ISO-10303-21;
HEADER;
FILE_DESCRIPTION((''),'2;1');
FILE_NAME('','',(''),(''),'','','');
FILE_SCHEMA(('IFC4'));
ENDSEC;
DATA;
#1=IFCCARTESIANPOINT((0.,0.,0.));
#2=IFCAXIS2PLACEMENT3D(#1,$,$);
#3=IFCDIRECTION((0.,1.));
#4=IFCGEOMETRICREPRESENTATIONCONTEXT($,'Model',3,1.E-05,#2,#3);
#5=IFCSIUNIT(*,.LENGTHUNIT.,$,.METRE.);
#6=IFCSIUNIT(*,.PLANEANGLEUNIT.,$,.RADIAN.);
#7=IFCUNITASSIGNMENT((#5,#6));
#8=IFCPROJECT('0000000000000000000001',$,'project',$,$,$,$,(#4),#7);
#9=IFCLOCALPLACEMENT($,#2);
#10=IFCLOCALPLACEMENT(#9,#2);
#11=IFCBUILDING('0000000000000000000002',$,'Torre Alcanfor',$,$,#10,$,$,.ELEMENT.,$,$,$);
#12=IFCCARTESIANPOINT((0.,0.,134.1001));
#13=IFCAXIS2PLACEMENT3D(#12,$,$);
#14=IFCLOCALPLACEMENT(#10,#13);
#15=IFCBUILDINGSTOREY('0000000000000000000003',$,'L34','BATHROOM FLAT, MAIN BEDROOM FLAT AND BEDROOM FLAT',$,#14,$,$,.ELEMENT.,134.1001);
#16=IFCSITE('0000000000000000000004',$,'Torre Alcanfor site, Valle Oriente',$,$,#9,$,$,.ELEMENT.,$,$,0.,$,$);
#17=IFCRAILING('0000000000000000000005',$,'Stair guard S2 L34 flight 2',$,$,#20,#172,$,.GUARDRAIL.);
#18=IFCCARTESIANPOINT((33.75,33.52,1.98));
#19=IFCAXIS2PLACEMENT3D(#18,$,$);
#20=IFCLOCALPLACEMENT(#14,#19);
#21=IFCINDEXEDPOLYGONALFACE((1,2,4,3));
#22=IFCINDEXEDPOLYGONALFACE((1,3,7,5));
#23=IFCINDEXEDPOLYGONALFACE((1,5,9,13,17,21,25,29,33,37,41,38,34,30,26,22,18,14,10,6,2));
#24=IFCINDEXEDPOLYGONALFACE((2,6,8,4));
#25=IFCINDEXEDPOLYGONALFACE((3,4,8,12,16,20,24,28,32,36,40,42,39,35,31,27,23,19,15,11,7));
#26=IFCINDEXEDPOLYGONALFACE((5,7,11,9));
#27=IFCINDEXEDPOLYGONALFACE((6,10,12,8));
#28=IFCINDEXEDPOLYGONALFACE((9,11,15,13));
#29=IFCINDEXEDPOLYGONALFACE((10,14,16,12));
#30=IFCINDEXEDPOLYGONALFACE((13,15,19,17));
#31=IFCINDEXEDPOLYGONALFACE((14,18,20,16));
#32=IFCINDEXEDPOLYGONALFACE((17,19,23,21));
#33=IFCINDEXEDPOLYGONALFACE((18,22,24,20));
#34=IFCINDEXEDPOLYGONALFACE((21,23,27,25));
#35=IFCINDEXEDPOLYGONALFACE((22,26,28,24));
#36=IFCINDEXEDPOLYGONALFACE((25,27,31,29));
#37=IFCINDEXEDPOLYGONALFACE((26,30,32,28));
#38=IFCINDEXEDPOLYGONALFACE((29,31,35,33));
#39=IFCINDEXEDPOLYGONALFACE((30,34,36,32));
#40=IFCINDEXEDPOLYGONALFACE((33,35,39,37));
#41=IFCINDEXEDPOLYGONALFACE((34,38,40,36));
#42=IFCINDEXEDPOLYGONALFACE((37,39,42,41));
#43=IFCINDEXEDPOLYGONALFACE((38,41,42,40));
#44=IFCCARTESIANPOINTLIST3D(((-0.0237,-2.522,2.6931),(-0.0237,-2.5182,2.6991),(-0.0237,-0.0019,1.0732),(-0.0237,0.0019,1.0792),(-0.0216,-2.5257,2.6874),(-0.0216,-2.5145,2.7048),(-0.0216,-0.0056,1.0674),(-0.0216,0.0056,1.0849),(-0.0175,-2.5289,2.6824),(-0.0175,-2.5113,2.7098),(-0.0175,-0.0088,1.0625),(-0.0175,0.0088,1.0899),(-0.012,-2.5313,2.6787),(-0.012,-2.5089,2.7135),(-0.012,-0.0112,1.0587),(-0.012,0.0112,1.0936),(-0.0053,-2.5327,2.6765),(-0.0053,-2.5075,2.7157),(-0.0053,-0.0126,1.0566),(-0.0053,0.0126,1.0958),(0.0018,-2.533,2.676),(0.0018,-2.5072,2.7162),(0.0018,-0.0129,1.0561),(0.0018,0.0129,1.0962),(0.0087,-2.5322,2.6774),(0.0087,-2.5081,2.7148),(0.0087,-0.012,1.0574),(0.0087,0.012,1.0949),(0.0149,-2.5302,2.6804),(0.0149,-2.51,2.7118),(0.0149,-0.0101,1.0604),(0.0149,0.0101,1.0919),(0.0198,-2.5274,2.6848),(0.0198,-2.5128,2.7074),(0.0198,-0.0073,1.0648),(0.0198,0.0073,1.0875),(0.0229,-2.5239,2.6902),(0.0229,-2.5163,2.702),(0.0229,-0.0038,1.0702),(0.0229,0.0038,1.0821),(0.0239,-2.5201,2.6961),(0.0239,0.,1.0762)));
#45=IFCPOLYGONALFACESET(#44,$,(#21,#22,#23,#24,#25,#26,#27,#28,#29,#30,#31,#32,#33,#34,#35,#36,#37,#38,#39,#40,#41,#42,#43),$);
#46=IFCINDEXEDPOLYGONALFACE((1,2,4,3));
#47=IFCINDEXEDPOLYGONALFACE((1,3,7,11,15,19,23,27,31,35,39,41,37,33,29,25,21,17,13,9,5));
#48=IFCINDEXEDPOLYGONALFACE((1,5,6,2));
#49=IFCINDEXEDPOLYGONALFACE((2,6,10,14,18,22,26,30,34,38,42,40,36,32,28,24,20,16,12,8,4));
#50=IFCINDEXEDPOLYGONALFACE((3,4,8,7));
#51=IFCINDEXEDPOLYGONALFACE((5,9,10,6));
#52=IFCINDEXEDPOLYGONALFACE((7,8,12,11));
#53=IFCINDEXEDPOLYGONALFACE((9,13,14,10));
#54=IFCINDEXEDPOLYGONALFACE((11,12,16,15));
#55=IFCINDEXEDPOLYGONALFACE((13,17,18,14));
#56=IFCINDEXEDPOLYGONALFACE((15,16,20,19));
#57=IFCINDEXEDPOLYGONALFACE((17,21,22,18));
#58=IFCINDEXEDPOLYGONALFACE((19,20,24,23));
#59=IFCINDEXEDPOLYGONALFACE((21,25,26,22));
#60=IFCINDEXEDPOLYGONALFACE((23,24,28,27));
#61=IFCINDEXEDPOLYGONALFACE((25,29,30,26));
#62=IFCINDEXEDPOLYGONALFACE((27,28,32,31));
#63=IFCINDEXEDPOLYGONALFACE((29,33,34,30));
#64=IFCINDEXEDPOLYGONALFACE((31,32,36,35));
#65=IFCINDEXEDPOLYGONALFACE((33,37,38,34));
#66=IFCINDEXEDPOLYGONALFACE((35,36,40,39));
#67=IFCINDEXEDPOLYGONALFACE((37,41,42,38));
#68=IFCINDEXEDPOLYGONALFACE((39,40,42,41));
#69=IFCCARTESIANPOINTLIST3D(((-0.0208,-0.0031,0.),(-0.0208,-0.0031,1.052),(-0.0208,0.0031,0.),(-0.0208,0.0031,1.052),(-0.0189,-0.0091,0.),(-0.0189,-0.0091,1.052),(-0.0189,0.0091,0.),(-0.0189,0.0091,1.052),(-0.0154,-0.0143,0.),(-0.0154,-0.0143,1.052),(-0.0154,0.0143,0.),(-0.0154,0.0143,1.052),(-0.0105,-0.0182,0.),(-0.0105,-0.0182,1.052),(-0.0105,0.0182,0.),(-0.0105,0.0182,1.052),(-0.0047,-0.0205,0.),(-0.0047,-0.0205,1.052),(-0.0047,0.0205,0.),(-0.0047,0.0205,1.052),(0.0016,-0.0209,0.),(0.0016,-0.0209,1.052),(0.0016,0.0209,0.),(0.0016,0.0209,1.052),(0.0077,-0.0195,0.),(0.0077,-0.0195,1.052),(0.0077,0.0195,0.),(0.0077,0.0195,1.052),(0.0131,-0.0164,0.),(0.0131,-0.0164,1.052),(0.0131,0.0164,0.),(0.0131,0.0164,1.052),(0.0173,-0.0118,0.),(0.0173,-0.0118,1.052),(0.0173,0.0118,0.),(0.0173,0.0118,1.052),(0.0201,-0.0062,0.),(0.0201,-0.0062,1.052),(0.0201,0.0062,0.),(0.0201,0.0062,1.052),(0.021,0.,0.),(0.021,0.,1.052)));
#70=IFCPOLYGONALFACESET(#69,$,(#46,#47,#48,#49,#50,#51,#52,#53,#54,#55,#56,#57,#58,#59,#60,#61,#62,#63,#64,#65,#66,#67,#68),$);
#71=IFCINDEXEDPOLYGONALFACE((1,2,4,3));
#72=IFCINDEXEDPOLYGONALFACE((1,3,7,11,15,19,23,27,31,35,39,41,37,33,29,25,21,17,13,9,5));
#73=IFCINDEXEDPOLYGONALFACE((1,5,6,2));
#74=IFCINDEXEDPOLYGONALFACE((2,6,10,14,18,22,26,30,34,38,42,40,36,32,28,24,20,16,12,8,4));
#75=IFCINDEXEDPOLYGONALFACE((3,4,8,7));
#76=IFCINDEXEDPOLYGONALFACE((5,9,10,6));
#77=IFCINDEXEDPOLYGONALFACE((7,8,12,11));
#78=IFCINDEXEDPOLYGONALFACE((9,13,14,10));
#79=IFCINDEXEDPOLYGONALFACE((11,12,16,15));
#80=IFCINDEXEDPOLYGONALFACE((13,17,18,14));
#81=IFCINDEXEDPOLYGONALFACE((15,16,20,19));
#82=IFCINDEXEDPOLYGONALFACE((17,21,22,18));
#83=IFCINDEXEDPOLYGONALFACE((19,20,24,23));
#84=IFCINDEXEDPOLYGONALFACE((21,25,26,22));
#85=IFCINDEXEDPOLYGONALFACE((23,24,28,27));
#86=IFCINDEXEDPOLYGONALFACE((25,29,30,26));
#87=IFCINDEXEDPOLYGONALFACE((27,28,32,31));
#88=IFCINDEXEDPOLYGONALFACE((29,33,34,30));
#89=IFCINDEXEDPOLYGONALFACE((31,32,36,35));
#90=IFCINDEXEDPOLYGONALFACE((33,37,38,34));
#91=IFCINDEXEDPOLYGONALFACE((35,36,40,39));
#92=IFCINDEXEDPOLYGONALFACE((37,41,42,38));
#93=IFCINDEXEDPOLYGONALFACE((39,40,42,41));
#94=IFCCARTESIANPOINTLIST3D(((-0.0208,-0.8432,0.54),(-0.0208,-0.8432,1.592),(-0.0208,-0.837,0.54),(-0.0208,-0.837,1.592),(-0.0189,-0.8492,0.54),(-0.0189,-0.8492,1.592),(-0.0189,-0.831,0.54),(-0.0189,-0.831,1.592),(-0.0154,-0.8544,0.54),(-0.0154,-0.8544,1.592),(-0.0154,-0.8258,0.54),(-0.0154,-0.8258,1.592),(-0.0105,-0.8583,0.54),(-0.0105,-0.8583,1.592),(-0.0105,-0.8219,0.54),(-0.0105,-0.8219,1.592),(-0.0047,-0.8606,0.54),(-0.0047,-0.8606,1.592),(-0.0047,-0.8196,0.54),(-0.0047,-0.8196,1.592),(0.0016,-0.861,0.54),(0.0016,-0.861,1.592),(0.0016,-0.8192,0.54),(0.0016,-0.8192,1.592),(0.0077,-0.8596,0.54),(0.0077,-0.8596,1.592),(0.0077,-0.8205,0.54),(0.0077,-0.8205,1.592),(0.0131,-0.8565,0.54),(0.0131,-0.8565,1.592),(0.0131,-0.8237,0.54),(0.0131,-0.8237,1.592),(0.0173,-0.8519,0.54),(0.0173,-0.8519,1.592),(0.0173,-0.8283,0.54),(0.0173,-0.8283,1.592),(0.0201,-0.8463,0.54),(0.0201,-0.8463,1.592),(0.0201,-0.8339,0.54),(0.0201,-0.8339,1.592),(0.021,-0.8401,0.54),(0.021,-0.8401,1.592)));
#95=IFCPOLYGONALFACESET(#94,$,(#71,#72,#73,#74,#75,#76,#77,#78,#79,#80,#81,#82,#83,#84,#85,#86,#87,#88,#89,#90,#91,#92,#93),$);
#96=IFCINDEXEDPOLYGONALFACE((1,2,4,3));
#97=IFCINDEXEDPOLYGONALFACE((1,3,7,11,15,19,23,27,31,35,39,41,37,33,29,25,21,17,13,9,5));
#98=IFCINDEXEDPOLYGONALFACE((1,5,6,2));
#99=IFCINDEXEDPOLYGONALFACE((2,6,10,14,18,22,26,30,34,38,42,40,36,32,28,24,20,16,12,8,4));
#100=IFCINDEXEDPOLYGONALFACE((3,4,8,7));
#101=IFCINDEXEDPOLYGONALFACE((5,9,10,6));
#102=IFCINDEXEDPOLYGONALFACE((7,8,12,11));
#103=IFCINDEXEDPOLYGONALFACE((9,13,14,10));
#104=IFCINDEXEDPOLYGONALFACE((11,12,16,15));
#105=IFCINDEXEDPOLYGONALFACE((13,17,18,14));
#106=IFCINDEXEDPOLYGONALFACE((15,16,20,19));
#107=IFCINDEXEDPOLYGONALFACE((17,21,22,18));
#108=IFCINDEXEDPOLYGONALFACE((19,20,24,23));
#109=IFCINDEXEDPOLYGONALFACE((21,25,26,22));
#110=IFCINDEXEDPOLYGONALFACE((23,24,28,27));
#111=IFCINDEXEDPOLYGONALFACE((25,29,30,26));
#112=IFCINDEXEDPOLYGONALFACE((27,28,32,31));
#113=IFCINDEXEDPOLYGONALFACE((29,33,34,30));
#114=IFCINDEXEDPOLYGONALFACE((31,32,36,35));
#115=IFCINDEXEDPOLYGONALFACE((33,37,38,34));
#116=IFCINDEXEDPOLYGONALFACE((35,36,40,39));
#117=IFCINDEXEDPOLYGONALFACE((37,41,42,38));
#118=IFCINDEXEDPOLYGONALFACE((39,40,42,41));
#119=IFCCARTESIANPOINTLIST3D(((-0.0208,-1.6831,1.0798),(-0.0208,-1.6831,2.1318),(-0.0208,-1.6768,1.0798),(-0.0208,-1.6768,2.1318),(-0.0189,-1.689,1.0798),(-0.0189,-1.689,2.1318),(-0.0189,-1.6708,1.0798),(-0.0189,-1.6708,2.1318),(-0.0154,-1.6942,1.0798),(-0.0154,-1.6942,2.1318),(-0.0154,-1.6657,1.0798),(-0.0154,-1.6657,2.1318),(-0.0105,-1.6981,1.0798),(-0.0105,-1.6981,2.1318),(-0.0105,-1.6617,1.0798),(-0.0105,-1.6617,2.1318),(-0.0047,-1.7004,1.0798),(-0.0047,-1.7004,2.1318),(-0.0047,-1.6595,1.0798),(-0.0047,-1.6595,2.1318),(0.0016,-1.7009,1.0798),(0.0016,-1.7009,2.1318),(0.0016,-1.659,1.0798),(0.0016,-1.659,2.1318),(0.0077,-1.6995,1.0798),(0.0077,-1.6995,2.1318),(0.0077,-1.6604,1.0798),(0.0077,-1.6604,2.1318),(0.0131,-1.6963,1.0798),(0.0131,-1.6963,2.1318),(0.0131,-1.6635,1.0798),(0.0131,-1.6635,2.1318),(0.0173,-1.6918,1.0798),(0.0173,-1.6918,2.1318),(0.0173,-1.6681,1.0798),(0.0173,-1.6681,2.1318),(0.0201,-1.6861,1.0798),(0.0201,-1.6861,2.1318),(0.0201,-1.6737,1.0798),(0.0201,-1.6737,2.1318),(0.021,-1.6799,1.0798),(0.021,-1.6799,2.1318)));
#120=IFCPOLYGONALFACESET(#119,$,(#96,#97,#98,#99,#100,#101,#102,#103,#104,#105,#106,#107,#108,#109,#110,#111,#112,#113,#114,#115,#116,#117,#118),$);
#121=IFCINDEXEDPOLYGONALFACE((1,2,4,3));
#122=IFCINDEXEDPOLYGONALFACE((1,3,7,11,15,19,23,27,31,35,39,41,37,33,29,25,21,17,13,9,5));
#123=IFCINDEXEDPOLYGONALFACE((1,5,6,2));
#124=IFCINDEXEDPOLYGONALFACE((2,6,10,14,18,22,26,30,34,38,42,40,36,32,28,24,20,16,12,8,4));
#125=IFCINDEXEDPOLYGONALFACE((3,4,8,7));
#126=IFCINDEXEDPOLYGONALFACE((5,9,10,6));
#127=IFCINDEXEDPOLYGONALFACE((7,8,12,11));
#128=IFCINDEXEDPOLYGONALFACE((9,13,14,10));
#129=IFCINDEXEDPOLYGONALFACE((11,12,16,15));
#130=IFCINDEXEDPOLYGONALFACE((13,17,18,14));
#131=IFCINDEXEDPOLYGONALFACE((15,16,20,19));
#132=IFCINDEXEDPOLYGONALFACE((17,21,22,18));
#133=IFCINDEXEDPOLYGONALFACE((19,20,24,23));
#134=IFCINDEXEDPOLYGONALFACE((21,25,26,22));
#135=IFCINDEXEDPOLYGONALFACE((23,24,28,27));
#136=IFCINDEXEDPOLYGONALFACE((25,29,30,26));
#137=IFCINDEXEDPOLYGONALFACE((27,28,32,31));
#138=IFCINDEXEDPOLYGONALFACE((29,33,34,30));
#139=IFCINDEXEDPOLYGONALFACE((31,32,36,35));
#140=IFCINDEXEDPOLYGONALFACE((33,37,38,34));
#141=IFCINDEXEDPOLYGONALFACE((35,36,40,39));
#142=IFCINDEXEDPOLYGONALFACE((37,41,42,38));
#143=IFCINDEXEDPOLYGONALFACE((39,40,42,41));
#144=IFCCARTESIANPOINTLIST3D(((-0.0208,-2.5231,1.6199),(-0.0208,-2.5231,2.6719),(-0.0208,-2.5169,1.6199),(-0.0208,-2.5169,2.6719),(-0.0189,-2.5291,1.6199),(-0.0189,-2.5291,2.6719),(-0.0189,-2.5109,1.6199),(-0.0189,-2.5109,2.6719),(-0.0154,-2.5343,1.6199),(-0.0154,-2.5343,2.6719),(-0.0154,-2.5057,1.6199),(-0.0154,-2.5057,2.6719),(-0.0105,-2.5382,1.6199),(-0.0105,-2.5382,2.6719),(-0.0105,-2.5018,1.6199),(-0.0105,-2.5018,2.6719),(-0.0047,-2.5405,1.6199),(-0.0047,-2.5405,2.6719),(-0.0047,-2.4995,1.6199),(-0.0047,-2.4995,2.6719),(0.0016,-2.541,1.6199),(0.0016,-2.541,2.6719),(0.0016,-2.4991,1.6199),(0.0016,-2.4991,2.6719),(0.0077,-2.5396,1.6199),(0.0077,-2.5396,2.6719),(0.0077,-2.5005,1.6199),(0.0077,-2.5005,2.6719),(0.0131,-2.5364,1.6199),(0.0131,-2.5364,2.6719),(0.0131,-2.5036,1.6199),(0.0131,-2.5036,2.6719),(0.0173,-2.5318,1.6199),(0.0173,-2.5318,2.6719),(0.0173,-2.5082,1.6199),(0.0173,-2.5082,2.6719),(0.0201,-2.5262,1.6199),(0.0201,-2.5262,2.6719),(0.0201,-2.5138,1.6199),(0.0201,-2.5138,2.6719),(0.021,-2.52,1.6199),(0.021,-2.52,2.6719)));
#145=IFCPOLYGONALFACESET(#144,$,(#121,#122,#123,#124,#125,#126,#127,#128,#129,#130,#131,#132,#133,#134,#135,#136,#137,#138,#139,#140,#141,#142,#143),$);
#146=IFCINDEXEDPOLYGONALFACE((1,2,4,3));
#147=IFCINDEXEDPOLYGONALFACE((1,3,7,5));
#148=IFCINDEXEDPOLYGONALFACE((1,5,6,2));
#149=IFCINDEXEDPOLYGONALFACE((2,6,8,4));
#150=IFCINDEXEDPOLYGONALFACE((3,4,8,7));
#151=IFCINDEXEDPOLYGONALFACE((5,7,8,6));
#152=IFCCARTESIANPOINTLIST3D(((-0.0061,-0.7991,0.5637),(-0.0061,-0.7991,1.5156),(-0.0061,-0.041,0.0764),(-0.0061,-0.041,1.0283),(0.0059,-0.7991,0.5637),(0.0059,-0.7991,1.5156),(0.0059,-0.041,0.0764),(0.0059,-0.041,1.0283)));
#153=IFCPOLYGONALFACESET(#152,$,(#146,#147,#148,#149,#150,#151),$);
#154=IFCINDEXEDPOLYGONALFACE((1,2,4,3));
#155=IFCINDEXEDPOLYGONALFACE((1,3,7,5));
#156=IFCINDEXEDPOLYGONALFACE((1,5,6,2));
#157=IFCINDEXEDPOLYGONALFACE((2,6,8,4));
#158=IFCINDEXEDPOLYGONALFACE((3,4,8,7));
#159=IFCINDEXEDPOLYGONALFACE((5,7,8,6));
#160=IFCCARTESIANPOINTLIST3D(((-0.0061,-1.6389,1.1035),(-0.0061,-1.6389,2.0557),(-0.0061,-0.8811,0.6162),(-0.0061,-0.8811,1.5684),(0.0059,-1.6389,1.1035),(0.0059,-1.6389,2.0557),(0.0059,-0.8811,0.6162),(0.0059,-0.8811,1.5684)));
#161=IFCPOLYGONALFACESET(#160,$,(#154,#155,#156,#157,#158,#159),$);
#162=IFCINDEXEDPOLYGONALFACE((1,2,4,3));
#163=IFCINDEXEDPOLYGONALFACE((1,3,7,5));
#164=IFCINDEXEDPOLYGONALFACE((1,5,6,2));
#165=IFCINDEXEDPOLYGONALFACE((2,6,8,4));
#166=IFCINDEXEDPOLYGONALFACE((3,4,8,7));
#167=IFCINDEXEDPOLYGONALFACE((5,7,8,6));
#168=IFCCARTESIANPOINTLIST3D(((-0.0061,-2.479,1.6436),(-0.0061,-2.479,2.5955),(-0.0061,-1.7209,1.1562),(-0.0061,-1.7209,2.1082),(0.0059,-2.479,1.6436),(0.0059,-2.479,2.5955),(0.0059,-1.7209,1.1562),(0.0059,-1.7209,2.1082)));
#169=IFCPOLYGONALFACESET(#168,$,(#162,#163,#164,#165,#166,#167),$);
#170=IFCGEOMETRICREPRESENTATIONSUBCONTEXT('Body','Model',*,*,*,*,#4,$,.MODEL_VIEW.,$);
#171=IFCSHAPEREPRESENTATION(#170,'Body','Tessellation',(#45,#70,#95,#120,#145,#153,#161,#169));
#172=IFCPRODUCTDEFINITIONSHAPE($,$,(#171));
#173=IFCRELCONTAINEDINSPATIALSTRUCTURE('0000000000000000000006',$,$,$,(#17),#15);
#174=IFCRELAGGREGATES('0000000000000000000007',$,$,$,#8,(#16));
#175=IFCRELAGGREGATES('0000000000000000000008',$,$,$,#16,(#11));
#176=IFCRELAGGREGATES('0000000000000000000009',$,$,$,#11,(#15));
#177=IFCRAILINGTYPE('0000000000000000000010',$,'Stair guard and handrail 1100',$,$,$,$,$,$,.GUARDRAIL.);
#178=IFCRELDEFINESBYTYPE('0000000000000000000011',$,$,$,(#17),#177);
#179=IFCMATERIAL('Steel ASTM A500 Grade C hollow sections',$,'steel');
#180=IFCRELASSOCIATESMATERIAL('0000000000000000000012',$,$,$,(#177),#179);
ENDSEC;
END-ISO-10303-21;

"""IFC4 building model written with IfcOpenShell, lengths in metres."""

from ifc_helpers import new_model, si_unit, direction, frame, origin, origin_2d, place, context, subcontext, project, spatial, polyline, circle, outline, extrude, material, type_object, element, save


model = new_model("IFC4")

# Units and contexts
model_context = context("Model", 3, precision=1e-05, world=origin(), true_north=direction((0.0, 1.0)))
body_context = subcontext(model_context, "Body", "Model", "MODEL_VIEW")
ifc_project = project(units=[si_unit("LENGTHUNIT", "METRE"), si_unit("PLANEANGLEUNIT", "RADIAN")], contexts=[model_context])

# Site, building, storey
site_placement = place(None, origin())
site = spatial("IfcSite", under=ifc_project, at=site_placement, Name="Torre Alcanfor site, Valle Oriente", CompositionType="ELEMENT", RefElevation=0.0)
building_placement = place(site_placement, origin())
building = spatial("IfcBuilding", under=site, at=building_placement, Name="Torre Alcanfor", CompositionType="ELEMENT")
storey_placement = place(building_placement, frame((0.0, 0.0, 134.1001)))
storey = spatial("IfcBuildingStorey", under=building, at=storey_placement, Name="L34", Description="BATHROOM FLAT, MAIN BEDROOM FLAT AND BEDROOM FLAT", CompositionType="ELEMENT", Elevation=134.1001)

# Railing
ifc_material_1 = material(Name="Steel ASTM A500 Grade C hollow sections", Category="steel")
railing_type_1 = type_object("IfcRailingType", Name="Stair guard and handrail 1100", PredefinedType="GUARDRAIL", material=ifc_material_1)
railing_1_placement = place(storey_placement, frame((33.75, 33.52, 1.98)))
element("IfcRailing", 1, at=railing_1_placement, inside=storey, type_object=railing_type_1, Name="Stair guard S2 L34 flight 2", PredefinedType="GUARDRAIL", context=body_context, shape_type="SweptSolid", body=[
    extrude(circle(Radius=0.0239, at=origin_2d()), frame((0.0, 0.0, 1.0762), z_axis=(0.0, -0.8412, 0.540725), x_axis=(1.0, 0.0, 0.0)), (0.0, 0.0, 1.0), 2.9958),
    extrude(circle(Radius=0.021, at=origin_2d()), origin(), (0.0, 0.0, 1.0), 1.052),
    extrude(circle(Radius=0.021, at=origin_2d()), frame((0.0, -0.8401, 0.54)), (0.0, 0.0, 1.0), 1.052),
    extrude(circle(Radius=0.021, at=origin_2d()), frame((0.0, -1.6799, 1.0798)), (0.0, 0.0, 1.0), 1.052),
    extrude(circle(Radius=0.021, at=origin_2d()), frame((0.0, -2.52, 1.6199)), (0.0, 0.0, 1.0), 1.052),
    extrude(outline(polyline([(0.041, 0.0764), (0.7991, 0.5637), (0.7991, 1.5156), (0.041, 1.0283), (0.041, 0.0764)])), frame((0.0059, 0.0, 0.0), z_axis=(-1.0, 0.0, 0.0), x_axis=(0.0, -1.0, 0.0)), (0.0, 0.0, 1.0), 0.012),
    extrude(outline(polyline([(0.8811, 0.6162), (1.6389, 1.1035), (1.6389, 2.0557), (0.8811, 1.5684), (0.8811, 0.6162)])), frame((0.0059, 0.0, 0.0), z_axis=(-1.0, 0.0, 0.0), x_axis=(0.0, -1.0, 0.0)), (0.0, 0.0, 1.0), 0.012),
    extrude(outline(polyline([(1.7209, 1.1562), (2.479, 1.6436), (2.479, 2.5955), (1.7209, 2.1082), (1.7209, 1.1562)])), frame((0.0059, 0.0, 0.0), z_axis=(-1.0, 0.0, 0.0), x_axis=(0.0, -1.0, 0.0)), (0.0, 0.0, 1.0), 0.012),
])

save(model, "model.ifc")
